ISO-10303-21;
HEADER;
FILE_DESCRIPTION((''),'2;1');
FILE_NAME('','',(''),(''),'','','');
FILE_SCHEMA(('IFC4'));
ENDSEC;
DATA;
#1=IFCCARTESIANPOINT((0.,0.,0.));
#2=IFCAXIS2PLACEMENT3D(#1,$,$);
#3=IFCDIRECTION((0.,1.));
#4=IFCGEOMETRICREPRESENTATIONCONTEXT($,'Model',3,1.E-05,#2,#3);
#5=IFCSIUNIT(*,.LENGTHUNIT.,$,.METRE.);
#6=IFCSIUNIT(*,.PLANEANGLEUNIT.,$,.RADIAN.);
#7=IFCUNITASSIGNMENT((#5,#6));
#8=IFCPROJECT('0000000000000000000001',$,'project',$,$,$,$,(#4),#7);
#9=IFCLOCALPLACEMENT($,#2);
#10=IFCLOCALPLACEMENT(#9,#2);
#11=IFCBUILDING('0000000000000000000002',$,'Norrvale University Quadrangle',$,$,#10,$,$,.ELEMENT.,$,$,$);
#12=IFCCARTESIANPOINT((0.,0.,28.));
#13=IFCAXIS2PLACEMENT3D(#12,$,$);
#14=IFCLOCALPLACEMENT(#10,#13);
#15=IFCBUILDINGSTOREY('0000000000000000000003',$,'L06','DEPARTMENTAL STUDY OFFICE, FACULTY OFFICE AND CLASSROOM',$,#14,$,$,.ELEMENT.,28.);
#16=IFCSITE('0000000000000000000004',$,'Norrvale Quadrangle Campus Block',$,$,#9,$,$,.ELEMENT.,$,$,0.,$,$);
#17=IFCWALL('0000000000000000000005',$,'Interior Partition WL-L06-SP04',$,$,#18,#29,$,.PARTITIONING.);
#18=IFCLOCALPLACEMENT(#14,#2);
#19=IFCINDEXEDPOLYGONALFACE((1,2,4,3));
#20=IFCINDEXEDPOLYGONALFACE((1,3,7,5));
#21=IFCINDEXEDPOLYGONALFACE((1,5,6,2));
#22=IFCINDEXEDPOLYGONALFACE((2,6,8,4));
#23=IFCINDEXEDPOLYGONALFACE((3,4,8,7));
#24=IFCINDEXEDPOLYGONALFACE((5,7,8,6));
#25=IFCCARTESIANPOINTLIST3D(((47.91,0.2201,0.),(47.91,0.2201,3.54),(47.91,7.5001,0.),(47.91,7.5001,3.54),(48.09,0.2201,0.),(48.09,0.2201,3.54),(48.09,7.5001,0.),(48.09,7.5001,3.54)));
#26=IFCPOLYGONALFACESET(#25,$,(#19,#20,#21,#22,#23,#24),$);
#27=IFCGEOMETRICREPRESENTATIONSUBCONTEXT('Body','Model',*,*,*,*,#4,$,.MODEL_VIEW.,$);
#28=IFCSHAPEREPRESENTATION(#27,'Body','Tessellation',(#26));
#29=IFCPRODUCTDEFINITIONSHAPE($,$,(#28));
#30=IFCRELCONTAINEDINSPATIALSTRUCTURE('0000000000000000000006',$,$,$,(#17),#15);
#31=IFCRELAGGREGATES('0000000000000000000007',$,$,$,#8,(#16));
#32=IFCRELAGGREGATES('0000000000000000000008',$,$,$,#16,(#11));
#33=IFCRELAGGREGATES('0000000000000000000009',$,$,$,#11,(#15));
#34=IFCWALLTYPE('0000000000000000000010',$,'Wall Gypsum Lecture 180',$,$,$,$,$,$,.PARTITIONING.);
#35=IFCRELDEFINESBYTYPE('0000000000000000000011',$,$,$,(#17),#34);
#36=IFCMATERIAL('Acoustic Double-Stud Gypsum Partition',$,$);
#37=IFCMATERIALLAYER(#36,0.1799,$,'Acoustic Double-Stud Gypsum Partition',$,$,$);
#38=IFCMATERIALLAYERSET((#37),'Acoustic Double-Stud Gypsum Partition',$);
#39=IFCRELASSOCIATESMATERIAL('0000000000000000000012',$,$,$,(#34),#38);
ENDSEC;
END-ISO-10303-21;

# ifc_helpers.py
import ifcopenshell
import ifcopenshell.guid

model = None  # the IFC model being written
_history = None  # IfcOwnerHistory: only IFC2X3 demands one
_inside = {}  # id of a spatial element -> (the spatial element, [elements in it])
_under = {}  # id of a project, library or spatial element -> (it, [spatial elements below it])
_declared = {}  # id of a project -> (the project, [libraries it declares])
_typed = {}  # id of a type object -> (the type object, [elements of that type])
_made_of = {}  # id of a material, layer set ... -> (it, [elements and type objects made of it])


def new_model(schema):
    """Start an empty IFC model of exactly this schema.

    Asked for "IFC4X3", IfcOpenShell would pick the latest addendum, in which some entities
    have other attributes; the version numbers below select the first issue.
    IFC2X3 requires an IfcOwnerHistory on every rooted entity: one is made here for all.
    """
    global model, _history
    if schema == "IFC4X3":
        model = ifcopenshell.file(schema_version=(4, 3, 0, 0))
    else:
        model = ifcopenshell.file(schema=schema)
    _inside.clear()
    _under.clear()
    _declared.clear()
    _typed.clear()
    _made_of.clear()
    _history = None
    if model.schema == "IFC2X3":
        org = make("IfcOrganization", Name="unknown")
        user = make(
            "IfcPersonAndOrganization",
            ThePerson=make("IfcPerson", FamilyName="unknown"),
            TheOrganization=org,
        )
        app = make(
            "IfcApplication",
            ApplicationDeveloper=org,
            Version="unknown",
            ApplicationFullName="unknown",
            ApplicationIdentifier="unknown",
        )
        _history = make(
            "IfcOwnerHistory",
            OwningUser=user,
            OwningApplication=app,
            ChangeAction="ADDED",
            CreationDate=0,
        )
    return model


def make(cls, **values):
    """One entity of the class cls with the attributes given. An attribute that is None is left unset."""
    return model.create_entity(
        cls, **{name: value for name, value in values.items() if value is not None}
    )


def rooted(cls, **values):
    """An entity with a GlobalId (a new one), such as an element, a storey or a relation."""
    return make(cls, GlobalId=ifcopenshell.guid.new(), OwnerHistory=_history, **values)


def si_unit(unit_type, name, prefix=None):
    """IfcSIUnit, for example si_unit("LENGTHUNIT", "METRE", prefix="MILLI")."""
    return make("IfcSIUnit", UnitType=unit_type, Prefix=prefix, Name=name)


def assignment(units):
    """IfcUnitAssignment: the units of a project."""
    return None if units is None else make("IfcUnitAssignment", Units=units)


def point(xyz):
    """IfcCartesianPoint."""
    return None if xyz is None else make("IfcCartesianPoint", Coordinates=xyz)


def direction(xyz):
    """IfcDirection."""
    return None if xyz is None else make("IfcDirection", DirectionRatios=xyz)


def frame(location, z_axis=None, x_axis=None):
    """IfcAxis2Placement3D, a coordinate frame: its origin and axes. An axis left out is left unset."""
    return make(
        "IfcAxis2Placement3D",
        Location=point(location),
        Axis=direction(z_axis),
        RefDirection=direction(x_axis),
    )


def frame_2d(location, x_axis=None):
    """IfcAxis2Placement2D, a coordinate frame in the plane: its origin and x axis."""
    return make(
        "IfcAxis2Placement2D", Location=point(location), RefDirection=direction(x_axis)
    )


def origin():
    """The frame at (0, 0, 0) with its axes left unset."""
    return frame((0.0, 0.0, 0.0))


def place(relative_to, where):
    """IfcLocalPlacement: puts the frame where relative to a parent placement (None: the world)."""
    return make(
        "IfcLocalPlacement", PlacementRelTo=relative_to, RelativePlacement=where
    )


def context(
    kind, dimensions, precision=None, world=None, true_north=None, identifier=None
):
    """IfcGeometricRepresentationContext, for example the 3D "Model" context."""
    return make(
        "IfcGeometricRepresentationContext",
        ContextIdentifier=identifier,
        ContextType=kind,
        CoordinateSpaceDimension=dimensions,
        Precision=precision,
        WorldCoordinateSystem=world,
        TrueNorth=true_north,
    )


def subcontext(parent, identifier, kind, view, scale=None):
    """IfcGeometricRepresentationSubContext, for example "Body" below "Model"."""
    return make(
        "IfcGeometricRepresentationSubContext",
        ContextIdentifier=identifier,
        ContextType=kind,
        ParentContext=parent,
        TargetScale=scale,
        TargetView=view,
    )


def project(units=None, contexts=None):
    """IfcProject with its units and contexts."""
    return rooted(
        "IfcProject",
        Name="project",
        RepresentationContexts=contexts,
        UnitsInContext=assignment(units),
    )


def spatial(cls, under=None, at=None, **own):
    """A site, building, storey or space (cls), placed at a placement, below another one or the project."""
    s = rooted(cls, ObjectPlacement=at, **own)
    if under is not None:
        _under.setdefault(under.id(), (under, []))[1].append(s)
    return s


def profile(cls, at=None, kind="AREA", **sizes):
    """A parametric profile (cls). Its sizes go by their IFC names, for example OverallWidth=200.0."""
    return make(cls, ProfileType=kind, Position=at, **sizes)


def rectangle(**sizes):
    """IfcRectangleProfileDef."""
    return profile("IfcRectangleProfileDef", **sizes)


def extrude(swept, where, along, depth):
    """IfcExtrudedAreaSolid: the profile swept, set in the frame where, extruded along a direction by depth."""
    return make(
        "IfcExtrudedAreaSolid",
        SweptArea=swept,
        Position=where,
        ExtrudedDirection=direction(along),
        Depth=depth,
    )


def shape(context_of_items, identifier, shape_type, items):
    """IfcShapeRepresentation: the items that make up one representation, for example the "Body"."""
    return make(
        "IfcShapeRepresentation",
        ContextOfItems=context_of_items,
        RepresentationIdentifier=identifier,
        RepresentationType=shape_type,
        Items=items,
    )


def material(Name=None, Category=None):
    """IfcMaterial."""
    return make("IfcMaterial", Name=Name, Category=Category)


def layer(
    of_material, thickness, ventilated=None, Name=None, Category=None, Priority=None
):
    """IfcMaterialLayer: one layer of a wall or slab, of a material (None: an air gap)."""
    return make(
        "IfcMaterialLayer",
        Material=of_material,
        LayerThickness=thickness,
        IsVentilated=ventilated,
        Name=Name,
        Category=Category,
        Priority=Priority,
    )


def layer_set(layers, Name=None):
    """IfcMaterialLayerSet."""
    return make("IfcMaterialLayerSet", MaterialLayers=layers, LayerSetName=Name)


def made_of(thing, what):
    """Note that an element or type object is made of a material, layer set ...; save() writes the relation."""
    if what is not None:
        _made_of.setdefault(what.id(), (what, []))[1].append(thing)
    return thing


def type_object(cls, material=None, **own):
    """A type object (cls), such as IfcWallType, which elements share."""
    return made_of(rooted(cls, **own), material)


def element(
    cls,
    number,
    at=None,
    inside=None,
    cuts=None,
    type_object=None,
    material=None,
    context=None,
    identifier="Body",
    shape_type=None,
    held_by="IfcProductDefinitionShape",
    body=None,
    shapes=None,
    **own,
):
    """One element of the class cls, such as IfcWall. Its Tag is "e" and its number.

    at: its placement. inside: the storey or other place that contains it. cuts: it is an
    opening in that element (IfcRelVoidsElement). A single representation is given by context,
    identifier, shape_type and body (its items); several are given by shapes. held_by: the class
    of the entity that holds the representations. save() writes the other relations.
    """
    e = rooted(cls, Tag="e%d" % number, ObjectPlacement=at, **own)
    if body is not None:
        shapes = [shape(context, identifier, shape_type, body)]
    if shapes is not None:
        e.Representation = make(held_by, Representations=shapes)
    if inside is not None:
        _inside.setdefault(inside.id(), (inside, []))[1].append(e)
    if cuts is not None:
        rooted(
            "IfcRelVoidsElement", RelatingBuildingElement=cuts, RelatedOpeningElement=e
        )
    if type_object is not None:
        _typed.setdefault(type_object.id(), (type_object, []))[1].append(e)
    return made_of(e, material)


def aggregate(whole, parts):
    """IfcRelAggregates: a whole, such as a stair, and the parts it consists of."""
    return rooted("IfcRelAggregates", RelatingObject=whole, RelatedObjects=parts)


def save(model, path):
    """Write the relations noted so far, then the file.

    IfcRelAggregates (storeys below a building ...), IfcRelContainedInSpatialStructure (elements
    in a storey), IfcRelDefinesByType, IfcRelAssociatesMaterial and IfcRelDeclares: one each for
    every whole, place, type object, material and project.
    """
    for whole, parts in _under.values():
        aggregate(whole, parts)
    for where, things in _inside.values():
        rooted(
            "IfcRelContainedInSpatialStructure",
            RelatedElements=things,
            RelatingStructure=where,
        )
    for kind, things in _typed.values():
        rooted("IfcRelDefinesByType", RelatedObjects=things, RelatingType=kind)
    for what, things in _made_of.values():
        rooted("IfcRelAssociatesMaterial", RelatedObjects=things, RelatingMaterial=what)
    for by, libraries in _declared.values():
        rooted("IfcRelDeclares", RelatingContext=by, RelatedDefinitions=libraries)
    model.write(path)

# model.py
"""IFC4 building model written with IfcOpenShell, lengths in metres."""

from ifc_helpers import new_model, si_unit, direction, frame, frame_2d, origin, place, context, subcontext, project, spatial, rectangle, extrude, material, layer, layer_set, type_object, element, save


model = new_model("IFC4")

# Units and contexts
model_context = context("Model", 3, precision=1e-05, world=origin(), true_north=direction((0.0, 1.0)))
body_context = subcontext(model_context, "Body", "Model", "MODEL_VIEW")
ifc_project = project(units=[si_unit("LENGTHUNIT", "METRE"), si_unit("PLANEANGLEUNIT", "RADIAN")], contexts=[model_context])

# Site, building, storey
site_placement = place(None, origin())
site = spatial("IfcSite", under=ifc_project, at=site_placement, Name="Norrvale Quadrangle Campus Block", CompositionType="ELEMENT", RefElevation=0.0)
building_placement = place(site_placement, origin())
building = spatial("IfcBuilding", under=site, at=building_placement, Name="Norrvale University Quadrangle", CompositionType="ELEMENT")
storey_placement = place(building_placement, frame((0.0, 0.0, 28.0)))
storey = spatial("IfcBuildingStorey", under=building, at=storey_placement, Name="L06", Description="DEPARTMENTAL STUDY OFFICE, FACULTY OFFICE AND CLASSROOM", CompositionType="ELEMENT", Elevation=28.0)

# Wall
ifc_material_1 = material(Name="Acoustic Double-Stud Gypsum Partition")
ifc_layer = layer(ifc_material_1, 0.1799, Name="Acoustic Double-Stud Gypsum Partition")
ifc_layer_set = layer_set([ifc_layer], Name="Acoustic Double-Stud Gypsum Partition")
wall_type = type_object("IfcWallType", Name="Wall Gypsum Lecture 180", PredefinedType="PARTITIONING", material=ifc_layer_set)
wall_placement = place(storey_placement, frame((48.0, 0.22, 0.0), z_axis=(0.0, 0.0, 1.0), x_axis=(0.0, 1.0, 0.0)))
element("IfcWall", 1, at=wall_placement, inside=storey, type_object=wall_type, Name="Interior Partition WL-L06-SP04", PredefinedType="PARTITIONING", context=body_context, shape_type="SweptSolid", body=[
    extrude(rectangle(XDim=7.28, YDim=0.1799, at=frame_2d((3.6401, 0.0))), origin(), (0.0, 0.0, 1.0), 3.54),
])

save(model, "model.ifc")
